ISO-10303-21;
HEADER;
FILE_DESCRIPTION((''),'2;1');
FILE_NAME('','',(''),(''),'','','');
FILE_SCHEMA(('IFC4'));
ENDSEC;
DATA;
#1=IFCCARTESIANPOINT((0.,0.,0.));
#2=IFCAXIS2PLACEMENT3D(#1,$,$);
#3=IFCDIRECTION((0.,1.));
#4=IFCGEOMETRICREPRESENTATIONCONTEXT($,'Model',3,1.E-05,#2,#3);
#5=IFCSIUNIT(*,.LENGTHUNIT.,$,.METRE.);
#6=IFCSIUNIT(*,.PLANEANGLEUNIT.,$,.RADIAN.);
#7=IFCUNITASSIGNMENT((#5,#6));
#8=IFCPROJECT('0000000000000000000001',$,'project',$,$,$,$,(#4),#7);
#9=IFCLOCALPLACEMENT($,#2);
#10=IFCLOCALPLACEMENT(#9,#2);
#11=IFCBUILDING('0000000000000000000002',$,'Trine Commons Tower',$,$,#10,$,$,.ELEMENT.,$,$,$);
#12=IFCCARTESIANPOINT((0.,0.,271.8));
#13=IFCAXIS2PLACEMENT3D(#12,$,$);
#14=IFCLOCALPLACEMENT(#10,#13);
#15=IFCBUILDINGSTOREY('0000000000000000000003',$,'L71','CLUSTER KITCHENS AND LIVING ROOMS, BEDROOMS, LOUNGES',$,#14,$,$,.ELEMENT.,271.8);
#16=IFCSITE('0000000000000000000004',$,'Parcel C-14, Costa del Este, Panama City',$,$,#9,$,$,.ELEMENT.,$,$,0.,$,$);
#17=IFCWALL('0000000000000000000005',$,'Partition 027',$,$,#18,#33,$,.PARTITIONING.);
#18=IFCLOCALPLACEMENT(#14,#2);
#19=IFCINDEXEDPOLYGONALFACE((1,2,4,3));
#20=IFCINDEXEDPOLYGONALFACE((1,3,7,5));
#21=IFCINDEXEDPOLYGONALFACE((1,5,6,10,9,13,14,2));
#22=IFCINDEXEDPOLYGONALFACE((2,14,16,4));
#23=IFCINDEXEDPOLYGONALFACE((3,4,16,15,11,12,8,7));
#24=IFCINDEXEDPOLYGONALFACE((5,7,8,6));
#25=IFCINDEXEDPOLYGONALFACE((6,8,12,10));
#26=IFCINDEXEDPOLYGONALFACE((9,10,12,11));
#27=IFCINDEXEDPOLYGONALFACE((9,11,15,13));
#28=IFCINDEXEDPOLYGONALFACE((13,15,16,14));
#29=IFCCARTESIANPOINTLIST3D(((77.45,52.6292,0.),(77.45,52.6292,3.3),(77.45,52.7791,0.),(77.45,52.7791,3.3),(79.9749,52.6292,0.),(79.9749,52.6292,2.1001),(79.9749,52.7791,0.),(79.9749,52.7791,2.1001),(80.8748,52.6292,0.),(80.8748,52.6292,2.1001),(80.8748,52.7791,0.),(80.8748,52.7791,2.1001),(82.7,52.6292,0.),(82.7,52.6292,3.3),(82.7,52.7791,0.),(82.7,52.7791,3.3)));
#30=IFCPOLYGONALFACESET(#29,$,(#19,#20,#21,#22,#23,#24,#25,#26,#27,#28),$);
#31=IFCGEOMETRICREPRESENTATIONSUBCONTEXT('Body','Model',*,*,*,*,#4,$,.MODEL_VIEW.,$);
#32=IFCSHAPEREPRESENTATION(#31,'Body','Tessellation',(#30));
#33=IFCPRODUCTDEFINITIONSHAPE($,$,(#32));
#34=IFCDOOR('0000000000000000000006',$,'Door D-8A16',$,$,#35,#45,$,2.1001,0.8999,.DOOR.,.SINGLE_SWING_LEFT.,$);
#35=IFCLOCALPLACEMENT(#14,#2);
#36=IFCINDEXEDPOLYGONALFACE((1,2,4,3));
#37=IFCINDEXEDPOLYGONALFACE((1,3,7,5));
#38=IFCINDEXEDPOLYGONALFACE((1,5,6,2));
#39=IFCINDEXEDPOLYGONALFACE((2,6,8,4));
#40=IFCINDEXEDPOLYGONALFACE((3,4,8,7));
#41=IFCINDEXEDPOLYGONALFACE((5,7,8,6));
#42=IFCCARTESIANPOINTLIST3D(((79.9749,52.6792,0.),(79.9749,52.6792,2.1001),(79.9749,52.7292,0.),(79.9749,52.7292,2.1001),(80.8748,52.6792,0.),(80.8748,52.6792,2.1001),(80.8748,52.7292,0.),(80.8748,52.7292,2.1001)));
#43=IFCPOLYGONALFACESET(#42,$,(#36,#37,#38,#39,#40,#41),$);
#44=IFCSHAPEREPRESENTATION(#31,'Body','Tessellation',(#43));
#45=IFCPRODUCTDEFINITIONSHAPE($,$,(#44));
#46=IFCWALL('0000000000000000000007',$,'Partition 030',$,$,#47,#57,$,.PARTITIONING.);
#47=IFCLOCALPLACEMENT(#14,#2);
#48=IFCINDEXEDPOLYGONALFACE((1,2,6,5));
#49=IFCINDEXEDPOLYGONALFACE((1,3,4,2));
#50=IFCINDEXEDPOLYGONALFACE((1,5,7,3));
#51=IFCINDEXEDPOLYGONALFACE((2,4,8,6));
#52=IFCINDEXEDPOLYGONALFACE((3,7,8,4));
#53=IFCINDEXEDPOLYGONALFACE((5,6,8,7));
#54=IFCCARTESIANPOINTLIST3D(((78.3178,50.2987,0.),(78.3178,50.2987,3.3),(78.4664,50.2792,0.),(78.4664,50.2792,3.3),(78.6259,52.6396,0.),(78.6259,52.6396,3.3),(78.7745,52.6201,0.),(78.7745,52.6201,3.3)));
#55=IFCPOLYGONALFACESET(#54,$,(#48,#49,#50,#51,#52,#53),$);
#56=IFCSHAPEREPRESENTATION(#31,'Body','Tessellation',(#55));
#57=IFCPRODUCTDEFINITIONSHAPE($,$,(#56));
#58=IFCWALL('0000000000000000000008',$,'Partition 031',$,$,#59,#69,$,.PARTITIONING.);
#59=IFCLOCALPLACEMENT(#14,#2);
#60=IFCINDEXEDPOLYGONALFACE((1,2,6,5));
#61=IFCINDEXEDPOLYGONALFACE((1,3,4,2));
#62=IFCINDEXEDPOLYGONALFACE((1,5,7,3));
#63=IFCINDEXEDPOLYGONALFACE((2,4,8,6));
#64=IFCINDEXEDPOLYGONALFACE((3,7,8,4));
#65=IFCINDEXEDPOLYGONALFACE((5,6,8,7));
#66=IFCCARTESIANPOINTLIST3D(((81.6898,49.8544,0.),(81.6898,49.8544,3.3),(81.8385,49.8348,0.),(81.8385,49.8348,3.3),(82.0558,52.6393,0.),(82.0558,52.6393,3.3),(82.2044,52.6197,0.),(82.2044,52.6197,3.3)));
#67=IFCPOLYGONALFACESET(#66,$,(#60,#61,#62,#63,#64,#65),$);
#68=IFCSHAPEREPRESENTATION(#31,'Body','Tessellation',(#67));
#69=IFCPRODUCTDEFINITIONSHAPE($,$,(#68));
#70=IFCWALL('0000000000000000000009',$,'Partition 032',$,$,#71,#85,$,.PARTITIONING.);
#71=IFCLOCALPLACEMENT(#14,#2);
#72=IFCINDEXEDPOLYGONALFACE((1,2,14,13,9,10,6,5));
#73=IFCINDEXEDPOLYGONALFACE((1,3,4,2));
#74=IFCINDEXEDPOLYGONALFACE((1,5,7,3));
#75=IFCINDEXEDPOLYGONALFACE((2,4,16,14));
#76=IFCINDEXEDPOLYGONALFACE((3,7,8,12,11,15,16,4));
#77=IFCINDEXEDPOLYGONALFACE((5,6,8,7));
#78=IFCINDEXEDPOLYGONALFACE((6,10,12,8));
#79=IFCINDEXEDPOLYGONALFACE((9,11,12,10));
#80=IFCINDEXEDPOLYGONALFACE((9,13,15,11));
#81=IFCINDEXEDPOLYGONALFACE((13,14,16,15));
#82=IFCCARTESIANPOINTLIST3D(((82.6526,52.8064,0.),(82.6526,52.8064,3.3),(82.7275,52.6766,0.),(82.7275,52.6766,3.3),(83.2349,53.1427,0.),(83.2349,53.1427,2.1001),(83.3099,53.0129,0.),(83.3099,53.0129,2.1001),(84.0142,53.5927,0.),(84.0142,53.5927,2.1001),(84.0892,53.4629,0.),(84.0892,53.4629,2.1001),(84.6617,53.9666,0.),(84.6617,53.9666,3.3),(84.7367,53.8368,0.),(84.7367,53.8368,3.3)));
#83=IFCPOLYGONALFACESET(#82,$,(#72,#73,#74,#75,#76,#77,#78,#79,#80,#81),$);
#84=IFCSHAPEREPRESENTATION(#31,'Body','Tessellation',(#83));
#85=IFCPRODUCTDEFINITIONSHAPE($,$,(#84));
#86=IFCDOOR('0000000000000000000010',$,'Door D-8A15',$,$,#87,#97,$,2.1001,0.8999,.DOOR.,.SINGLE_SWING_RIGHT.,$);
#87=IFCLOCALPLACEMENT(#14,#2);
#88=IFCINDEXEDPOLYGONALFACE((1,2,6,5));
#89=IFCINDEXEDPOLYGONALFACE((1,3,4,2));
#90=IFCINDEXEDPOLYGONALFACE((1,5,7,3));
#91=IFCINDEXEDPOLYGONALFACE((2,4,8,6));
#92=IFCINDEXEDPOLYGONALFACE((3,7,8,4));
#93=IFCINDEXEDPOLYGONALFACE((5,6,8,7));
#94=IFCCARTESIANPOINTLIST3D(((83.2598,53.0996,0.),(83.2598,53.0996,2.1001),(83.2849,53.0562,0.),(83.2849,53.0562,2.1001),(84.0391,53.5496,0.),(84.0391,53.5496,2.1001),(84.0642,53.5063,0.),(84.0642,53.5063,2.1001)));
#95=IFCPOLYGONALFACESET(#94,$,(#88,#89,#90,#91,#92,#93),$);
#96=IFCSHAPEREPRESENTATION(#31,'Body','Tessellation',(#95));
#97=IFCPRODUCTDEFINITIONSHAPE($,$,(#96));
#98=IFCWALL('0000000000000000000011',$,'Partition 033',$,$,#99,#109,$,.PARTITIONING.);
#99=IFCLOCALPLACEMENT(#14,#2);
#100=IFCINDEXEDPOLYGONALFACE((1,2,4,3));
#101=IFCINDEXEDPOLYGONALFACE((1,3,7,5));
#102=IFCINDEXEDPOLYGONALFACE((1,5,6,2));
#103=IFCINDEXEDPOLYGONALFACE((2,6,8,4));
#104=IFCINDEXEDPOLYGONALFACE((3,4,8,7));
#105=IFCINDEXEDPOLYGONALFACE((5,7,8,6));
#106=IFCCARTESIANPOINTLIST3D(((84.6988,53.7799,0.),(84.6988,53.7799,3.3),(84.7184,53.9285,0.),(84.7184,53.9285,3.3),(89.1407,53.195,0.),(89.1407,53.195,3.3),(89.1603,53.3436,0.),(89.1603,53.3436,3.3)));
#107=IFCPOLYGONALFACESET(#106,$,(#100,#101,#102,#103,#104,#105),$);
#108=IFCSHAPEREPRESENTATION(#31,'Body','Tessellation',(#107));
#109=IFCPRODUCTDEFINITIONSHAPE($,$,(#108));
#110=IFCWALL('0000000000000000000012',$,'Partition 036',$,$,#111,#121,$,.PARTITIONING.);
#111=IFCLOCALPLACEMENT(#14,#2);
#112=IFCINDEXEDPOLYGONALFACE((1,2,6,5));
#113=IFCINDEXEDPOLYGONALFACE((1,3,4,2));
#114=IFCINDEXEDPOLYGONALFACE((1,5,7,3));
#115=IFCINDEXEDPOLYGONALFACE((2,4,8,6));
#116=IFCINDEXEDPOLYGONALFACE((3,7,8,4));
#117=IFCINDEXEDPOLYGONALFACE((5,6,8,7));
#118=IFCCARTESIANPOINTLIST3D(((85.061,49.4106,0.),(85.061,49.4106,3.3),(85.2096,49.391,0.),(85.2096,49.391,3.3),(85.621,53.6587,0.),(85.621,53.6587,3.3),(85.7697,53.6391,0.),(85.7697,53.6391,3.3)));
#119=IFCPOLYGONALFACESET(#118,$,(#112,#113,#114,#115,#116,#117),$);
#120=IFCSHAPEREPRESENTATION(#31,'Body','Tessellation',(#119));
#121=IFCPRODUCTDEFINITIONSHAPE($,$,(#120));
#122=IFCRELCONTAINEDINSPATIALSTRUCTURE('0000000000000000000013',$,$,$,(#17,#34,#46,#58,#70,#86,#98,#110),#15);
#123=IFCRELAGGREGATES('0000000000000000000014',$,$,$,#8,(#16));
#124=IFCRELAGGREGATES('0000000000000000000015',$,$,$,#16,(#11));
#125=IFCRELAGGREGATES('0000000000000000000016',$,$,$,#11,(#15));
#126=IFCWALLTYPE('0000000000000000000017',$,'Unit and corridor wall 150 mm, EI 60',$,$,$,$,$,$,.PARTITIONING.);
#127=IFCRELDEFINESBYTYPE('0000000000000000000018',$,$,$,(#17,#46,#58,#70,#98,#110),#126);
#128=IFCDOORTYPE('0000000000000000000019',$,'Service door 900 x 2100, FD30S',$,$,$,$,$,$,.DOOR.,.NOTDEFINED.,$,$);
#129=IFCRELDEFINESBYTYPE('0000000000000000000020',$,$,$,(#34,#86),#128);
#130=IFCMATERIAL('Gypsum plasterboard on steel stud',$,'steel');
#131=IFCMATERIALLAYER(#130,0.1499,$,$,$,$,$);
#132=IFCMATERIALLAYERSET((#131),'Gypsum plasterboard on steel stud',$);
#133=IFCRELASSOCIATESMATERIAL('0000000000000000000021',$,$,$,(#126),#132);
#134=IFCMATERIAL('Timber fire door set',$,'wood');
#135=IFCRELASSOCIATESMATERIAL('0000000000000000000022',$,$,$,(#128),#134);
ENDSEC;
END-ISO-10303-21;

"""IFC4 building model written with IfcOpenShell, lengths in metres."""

from ifc_helpers import new_model, si_unit, direction, frame, frame_2d, origin, place, context, subcontext, project, spatial, rectangle, extrude, material, layer, layer_set, type_object, element, fill, save


model = new_model("IFC4")

# Units and contexts
model_context = context("Model", 3, precision=1e-05, world=origin(), true_north=direction((0.0, 1.0)))
body_context = subcontext(model_context, "Body", "Model", "MODEL_VIEW")
ifc_project = project(units=[si_unit("LENGTHUNIT", "METRE"), si_unit("PLANEANGLEUNIT", "RADIAN")], contexts=[model_context])

# Site, building, storey
site_placement = place(None, origin())
site = spatial("IfcSite", under=ifc_project, at=site_placement, Name="Parcel C-14, Costa del Este, Panama City", CompositionType="ELEMENT", RefElevation=0.0)
building_placement = place(site_placement, origin())
building = spatial("IfcBuilding", under=site, at=building_placement, Name="Trine Commons Tower", CompositionType="ELEMENT")
storey_placement = place(building_placement, frame((0.0, 0.0, 271.8)))
storey = spatial("IfcBuildingStorey", under=building, at=storey_placement, Name="L71", Description="CLUSTER KITCHENS AND LIVING ROOMS, BEDROOMS, LOUNGES", CompositionType="ELEMENT", Elevation=271.8)

# Shared definitions
ifc_material_1 = material(Name="Gypsum plasterboard on steel stud", Category="steel")
ifc_layer_1 = layer(ifc_material_1, 0.1499)
ifc_layer_set_1 = layer_set([ifc_layer_1], Name="Gypsum plasterboard on steel stud")
wall_type_1 = type_object("IfcWallType", Name="Unit and corridor wall 150 mm, EI 60", PredefinedType="PARTITIONING", material=ifc_layer_set_1)

# Wall, opening, door
wall_1_placement = place(storey_placement, frame((77.45, 52.7041, 0.0), z_axis=(0.0, 0.0, 1.0), x_axis=(1.0, 0.0, 0.0)))
wall_1 = element("IfcWall", 1, at=wall_1_placement, inside=storey, type_object=wall_type_1, Name="Partition 027", PredefinedType="PARTITIONING", context=body_context, shape_type="SweptSolid", body=[
    extrude(rectangle(XDim=5.25, YDim=0.1499, at=frame_2d((2.625, 0.0))), origin(), (0.0, 0.0, 1.0), 3.3),
])
opening_1_placement = place(wall_1_placement, frame((2.5249, 0.0, 0.0)))
opening_1 = element("IfcOpeningElement", 2, at=opening_1_placement, cuts=wall_1, PredefinedType="OPENING", context=body_context, shape_type="SweptSolid", body=[
    extrude(rectangle(XDim=0.8999, YDim=2.1001, at=frame_2d((0.45, 1.05))), frame((0.0, 0.085, 0.0), z_axis=(0.0, -1.0, 0.0), x_axis=(1.0, 0.0, 0.0)), (0.0, 0.0, 1.0), 0.1699),
])
ifc_material_2 = material(Name="Timber fire door set", Category="wood")
door_type_1 = type_object("IfcDoorType", Name="Service door 900 x 2100, FD30S", OperationType="NOTDEFINED", PredefinedType="DOOR", material=ifc_material_2)
door_1_placement = place(opening_1_placement, frame((0.8999, 0.0, 0.0), z_axis=(0.0, 0.0, 1.0), x_axis=(-1.0, 0.0, 0.0)))
door_1 = element("IfcDoor", 3, at=door_1_placement, inside=storey, type_object=door_type_1, Name="Door D-8A16", OperationType="SINGLE_SWING_LEFT", OverallHeight=2.1001, OverallWidth=0.8999, PredefinedType="DOOR", context=body_context, shape_type="SweptSolid", body=[
    extrude(rectangle(XDim=0.8999, YDim=2.1001, at=frame_2d((0.45, 1.05))), frame((0.0, 0.0249, 0.0), z_axis=(0.0, -1.0, 0.0), x_axis=(1.0, 0.0, 0.0)), (0.0, 0.0, 1.0), 0.05),
])
fill(opening_1, door_1)

# Walls
wall_2_placement = place(storey_placement, frame((78.3921, 50.2888, 0.0), z_axis=(0.0, 0.0, 1.0), x_axis=(0.130497, 0.991449, 0.0)))
element("IfcWall", 4, at=wall_2_placement, inside=storey, type_object=wall_type_1, Name="Partition 030", PredefinedType="PARTITIONING", context=body_context, shape_type="SweptSolid", body=[
    extrude(rectangle(XDim=2.3611, YDim=0.1499, at=frame_2d((1.1807, 0.0))), origin(), (0.0, 0.0, 1.0), 3.3),
])
wall_3_placement = place(storey_placement, frame((81.7642, 49.8447, 0.0), z_axis=(0.0, 0.0, 1.0), x_axis=(0.13029, 0.991476, 0.0)))
element("IfcWall", 5, at=wall_3_placement, inside=storey, type_object=wall_type_1, Name="Partition 031", PredefinedType="PARTITIONING", context=body_context, shape_type="SweptSolid", body=[
    extrude(rectangle(XDim=2.8088, YDim=0.1499, at=frame_2d((1.4043, 0.0))), origin(), (0.0, 0.0, 1.0), 3.3),
])

# Wall, opening, door
wall_4_placement = place(storey_placement, frame((82.6899, 52.7415, 0.0), z_axis=(0.0, 0.0, 1.0), x_axis=(0.865981, 0.500078, 0.0)))
wall_4 = element("IfcWall", 6, at=wall_4_placement, inside=storey, type_object=wall_type_1, Name="Partition 032", PredefinedType="PARTITIONING", context=body_context, shape_type="SweptSolid", body=[
    extrude(rectangle(XDim=2.3201, YDim=0.1499, at=frame_2d((1.1602, 0.0))), origin(), (0.0, 0.0, 1.0), 3.3),
])
opening_2_placement = place(wall_4_placement, frame((0.6726, 0.0, 0.0)))
opening_2 = element("IfcOpeningElement", 7, at=opening_2_placement, cuts=wall_4, PredefinedType="OPENING", context=body_context, shape_type="SweptSolid", body=[
    extrude(rectangle(XDim=0.8999, YDim=2.1001, at=frame_2d((0.45, 1.05))), frame((0.0, 0.085, 0.0), z_axis=(0.0, -1.0, 0.0), x_axis=(1.0, 0.0, 0.0)), (0.0, 0.0, 1.0), 0.1699),
])
door_2_placement = place(opening_2_placement, frame((0.8999, 0.0, 0.0), z_axis=(0.0, 0.0, 1.0), x_axis=(-1.0, 0.0, 0.0)))
door_2 = element("IfcDoor", 8, at=door_2_placement, inside=storey, type_object=door_type_1, Name="Door D-8A15", OperationType="SINGLE_SWING_RIGHT", OverallHeight=2.1001, OverallWidth=0.8999, PredefinedType="DOOR", context=body_context, shape_type="SweptSolid", body=[
    extrude(rectangle(XDim=0.8999, YDim=2.1001, at=frame_2d((0.45, 1.05))), frame((0.0, 0.0249, 0.0), z_axis=(0.0, -1.0, 0.0), x_axis=(1.0, 0.0, 0.0)), (0.0, 0.0, 1.0), 0.05),
])
fill(opening_2, door_2)

# Walls
wall_5_placement = place(storey_placement, frame((84.7085, 53.8542, 0.0), z_axis=(0.0, 0.0, 1.0), x_axis=(0.99144, -0.130564, 0.0)))
element("IfcWall", 9, at=wall_5_placement, inside=storey, type_object=wall_type_1, Name="Partition 033", PredefinedType="PARTITIONING", context=body_context, shape_type="SweptSolid", body=[
    extrude(rectangle(XDim=4.4802, YDim=0.1499, at=frame_2d((2.2402, 0.0))), origin(), (0.0, 0.0, 1.0), 3.3),
])
wall_6_placement = place(storey_placement, frame((85.1353, 49.4006, 0.0), z_axis=(0.0, 0.0, 1.0), x_axis=(0.130708, 0.991421, 0.0)))
element("IfcWall", 10, at=wall_6_placement, inside=storey, type_object=wall_type_1, Name="Partition 036", PredefinedType="PARTITIONING", context=body_context, shape_type="SweptSolid", body=[
    extrude(rectangle(XDim=4.2849, YDim=0.1499, at=frame_2d((2.1426, 0.0))), origin(), (0.0, 0.0, 1.0), 3.3),
])

save(model, "model.ifc")
